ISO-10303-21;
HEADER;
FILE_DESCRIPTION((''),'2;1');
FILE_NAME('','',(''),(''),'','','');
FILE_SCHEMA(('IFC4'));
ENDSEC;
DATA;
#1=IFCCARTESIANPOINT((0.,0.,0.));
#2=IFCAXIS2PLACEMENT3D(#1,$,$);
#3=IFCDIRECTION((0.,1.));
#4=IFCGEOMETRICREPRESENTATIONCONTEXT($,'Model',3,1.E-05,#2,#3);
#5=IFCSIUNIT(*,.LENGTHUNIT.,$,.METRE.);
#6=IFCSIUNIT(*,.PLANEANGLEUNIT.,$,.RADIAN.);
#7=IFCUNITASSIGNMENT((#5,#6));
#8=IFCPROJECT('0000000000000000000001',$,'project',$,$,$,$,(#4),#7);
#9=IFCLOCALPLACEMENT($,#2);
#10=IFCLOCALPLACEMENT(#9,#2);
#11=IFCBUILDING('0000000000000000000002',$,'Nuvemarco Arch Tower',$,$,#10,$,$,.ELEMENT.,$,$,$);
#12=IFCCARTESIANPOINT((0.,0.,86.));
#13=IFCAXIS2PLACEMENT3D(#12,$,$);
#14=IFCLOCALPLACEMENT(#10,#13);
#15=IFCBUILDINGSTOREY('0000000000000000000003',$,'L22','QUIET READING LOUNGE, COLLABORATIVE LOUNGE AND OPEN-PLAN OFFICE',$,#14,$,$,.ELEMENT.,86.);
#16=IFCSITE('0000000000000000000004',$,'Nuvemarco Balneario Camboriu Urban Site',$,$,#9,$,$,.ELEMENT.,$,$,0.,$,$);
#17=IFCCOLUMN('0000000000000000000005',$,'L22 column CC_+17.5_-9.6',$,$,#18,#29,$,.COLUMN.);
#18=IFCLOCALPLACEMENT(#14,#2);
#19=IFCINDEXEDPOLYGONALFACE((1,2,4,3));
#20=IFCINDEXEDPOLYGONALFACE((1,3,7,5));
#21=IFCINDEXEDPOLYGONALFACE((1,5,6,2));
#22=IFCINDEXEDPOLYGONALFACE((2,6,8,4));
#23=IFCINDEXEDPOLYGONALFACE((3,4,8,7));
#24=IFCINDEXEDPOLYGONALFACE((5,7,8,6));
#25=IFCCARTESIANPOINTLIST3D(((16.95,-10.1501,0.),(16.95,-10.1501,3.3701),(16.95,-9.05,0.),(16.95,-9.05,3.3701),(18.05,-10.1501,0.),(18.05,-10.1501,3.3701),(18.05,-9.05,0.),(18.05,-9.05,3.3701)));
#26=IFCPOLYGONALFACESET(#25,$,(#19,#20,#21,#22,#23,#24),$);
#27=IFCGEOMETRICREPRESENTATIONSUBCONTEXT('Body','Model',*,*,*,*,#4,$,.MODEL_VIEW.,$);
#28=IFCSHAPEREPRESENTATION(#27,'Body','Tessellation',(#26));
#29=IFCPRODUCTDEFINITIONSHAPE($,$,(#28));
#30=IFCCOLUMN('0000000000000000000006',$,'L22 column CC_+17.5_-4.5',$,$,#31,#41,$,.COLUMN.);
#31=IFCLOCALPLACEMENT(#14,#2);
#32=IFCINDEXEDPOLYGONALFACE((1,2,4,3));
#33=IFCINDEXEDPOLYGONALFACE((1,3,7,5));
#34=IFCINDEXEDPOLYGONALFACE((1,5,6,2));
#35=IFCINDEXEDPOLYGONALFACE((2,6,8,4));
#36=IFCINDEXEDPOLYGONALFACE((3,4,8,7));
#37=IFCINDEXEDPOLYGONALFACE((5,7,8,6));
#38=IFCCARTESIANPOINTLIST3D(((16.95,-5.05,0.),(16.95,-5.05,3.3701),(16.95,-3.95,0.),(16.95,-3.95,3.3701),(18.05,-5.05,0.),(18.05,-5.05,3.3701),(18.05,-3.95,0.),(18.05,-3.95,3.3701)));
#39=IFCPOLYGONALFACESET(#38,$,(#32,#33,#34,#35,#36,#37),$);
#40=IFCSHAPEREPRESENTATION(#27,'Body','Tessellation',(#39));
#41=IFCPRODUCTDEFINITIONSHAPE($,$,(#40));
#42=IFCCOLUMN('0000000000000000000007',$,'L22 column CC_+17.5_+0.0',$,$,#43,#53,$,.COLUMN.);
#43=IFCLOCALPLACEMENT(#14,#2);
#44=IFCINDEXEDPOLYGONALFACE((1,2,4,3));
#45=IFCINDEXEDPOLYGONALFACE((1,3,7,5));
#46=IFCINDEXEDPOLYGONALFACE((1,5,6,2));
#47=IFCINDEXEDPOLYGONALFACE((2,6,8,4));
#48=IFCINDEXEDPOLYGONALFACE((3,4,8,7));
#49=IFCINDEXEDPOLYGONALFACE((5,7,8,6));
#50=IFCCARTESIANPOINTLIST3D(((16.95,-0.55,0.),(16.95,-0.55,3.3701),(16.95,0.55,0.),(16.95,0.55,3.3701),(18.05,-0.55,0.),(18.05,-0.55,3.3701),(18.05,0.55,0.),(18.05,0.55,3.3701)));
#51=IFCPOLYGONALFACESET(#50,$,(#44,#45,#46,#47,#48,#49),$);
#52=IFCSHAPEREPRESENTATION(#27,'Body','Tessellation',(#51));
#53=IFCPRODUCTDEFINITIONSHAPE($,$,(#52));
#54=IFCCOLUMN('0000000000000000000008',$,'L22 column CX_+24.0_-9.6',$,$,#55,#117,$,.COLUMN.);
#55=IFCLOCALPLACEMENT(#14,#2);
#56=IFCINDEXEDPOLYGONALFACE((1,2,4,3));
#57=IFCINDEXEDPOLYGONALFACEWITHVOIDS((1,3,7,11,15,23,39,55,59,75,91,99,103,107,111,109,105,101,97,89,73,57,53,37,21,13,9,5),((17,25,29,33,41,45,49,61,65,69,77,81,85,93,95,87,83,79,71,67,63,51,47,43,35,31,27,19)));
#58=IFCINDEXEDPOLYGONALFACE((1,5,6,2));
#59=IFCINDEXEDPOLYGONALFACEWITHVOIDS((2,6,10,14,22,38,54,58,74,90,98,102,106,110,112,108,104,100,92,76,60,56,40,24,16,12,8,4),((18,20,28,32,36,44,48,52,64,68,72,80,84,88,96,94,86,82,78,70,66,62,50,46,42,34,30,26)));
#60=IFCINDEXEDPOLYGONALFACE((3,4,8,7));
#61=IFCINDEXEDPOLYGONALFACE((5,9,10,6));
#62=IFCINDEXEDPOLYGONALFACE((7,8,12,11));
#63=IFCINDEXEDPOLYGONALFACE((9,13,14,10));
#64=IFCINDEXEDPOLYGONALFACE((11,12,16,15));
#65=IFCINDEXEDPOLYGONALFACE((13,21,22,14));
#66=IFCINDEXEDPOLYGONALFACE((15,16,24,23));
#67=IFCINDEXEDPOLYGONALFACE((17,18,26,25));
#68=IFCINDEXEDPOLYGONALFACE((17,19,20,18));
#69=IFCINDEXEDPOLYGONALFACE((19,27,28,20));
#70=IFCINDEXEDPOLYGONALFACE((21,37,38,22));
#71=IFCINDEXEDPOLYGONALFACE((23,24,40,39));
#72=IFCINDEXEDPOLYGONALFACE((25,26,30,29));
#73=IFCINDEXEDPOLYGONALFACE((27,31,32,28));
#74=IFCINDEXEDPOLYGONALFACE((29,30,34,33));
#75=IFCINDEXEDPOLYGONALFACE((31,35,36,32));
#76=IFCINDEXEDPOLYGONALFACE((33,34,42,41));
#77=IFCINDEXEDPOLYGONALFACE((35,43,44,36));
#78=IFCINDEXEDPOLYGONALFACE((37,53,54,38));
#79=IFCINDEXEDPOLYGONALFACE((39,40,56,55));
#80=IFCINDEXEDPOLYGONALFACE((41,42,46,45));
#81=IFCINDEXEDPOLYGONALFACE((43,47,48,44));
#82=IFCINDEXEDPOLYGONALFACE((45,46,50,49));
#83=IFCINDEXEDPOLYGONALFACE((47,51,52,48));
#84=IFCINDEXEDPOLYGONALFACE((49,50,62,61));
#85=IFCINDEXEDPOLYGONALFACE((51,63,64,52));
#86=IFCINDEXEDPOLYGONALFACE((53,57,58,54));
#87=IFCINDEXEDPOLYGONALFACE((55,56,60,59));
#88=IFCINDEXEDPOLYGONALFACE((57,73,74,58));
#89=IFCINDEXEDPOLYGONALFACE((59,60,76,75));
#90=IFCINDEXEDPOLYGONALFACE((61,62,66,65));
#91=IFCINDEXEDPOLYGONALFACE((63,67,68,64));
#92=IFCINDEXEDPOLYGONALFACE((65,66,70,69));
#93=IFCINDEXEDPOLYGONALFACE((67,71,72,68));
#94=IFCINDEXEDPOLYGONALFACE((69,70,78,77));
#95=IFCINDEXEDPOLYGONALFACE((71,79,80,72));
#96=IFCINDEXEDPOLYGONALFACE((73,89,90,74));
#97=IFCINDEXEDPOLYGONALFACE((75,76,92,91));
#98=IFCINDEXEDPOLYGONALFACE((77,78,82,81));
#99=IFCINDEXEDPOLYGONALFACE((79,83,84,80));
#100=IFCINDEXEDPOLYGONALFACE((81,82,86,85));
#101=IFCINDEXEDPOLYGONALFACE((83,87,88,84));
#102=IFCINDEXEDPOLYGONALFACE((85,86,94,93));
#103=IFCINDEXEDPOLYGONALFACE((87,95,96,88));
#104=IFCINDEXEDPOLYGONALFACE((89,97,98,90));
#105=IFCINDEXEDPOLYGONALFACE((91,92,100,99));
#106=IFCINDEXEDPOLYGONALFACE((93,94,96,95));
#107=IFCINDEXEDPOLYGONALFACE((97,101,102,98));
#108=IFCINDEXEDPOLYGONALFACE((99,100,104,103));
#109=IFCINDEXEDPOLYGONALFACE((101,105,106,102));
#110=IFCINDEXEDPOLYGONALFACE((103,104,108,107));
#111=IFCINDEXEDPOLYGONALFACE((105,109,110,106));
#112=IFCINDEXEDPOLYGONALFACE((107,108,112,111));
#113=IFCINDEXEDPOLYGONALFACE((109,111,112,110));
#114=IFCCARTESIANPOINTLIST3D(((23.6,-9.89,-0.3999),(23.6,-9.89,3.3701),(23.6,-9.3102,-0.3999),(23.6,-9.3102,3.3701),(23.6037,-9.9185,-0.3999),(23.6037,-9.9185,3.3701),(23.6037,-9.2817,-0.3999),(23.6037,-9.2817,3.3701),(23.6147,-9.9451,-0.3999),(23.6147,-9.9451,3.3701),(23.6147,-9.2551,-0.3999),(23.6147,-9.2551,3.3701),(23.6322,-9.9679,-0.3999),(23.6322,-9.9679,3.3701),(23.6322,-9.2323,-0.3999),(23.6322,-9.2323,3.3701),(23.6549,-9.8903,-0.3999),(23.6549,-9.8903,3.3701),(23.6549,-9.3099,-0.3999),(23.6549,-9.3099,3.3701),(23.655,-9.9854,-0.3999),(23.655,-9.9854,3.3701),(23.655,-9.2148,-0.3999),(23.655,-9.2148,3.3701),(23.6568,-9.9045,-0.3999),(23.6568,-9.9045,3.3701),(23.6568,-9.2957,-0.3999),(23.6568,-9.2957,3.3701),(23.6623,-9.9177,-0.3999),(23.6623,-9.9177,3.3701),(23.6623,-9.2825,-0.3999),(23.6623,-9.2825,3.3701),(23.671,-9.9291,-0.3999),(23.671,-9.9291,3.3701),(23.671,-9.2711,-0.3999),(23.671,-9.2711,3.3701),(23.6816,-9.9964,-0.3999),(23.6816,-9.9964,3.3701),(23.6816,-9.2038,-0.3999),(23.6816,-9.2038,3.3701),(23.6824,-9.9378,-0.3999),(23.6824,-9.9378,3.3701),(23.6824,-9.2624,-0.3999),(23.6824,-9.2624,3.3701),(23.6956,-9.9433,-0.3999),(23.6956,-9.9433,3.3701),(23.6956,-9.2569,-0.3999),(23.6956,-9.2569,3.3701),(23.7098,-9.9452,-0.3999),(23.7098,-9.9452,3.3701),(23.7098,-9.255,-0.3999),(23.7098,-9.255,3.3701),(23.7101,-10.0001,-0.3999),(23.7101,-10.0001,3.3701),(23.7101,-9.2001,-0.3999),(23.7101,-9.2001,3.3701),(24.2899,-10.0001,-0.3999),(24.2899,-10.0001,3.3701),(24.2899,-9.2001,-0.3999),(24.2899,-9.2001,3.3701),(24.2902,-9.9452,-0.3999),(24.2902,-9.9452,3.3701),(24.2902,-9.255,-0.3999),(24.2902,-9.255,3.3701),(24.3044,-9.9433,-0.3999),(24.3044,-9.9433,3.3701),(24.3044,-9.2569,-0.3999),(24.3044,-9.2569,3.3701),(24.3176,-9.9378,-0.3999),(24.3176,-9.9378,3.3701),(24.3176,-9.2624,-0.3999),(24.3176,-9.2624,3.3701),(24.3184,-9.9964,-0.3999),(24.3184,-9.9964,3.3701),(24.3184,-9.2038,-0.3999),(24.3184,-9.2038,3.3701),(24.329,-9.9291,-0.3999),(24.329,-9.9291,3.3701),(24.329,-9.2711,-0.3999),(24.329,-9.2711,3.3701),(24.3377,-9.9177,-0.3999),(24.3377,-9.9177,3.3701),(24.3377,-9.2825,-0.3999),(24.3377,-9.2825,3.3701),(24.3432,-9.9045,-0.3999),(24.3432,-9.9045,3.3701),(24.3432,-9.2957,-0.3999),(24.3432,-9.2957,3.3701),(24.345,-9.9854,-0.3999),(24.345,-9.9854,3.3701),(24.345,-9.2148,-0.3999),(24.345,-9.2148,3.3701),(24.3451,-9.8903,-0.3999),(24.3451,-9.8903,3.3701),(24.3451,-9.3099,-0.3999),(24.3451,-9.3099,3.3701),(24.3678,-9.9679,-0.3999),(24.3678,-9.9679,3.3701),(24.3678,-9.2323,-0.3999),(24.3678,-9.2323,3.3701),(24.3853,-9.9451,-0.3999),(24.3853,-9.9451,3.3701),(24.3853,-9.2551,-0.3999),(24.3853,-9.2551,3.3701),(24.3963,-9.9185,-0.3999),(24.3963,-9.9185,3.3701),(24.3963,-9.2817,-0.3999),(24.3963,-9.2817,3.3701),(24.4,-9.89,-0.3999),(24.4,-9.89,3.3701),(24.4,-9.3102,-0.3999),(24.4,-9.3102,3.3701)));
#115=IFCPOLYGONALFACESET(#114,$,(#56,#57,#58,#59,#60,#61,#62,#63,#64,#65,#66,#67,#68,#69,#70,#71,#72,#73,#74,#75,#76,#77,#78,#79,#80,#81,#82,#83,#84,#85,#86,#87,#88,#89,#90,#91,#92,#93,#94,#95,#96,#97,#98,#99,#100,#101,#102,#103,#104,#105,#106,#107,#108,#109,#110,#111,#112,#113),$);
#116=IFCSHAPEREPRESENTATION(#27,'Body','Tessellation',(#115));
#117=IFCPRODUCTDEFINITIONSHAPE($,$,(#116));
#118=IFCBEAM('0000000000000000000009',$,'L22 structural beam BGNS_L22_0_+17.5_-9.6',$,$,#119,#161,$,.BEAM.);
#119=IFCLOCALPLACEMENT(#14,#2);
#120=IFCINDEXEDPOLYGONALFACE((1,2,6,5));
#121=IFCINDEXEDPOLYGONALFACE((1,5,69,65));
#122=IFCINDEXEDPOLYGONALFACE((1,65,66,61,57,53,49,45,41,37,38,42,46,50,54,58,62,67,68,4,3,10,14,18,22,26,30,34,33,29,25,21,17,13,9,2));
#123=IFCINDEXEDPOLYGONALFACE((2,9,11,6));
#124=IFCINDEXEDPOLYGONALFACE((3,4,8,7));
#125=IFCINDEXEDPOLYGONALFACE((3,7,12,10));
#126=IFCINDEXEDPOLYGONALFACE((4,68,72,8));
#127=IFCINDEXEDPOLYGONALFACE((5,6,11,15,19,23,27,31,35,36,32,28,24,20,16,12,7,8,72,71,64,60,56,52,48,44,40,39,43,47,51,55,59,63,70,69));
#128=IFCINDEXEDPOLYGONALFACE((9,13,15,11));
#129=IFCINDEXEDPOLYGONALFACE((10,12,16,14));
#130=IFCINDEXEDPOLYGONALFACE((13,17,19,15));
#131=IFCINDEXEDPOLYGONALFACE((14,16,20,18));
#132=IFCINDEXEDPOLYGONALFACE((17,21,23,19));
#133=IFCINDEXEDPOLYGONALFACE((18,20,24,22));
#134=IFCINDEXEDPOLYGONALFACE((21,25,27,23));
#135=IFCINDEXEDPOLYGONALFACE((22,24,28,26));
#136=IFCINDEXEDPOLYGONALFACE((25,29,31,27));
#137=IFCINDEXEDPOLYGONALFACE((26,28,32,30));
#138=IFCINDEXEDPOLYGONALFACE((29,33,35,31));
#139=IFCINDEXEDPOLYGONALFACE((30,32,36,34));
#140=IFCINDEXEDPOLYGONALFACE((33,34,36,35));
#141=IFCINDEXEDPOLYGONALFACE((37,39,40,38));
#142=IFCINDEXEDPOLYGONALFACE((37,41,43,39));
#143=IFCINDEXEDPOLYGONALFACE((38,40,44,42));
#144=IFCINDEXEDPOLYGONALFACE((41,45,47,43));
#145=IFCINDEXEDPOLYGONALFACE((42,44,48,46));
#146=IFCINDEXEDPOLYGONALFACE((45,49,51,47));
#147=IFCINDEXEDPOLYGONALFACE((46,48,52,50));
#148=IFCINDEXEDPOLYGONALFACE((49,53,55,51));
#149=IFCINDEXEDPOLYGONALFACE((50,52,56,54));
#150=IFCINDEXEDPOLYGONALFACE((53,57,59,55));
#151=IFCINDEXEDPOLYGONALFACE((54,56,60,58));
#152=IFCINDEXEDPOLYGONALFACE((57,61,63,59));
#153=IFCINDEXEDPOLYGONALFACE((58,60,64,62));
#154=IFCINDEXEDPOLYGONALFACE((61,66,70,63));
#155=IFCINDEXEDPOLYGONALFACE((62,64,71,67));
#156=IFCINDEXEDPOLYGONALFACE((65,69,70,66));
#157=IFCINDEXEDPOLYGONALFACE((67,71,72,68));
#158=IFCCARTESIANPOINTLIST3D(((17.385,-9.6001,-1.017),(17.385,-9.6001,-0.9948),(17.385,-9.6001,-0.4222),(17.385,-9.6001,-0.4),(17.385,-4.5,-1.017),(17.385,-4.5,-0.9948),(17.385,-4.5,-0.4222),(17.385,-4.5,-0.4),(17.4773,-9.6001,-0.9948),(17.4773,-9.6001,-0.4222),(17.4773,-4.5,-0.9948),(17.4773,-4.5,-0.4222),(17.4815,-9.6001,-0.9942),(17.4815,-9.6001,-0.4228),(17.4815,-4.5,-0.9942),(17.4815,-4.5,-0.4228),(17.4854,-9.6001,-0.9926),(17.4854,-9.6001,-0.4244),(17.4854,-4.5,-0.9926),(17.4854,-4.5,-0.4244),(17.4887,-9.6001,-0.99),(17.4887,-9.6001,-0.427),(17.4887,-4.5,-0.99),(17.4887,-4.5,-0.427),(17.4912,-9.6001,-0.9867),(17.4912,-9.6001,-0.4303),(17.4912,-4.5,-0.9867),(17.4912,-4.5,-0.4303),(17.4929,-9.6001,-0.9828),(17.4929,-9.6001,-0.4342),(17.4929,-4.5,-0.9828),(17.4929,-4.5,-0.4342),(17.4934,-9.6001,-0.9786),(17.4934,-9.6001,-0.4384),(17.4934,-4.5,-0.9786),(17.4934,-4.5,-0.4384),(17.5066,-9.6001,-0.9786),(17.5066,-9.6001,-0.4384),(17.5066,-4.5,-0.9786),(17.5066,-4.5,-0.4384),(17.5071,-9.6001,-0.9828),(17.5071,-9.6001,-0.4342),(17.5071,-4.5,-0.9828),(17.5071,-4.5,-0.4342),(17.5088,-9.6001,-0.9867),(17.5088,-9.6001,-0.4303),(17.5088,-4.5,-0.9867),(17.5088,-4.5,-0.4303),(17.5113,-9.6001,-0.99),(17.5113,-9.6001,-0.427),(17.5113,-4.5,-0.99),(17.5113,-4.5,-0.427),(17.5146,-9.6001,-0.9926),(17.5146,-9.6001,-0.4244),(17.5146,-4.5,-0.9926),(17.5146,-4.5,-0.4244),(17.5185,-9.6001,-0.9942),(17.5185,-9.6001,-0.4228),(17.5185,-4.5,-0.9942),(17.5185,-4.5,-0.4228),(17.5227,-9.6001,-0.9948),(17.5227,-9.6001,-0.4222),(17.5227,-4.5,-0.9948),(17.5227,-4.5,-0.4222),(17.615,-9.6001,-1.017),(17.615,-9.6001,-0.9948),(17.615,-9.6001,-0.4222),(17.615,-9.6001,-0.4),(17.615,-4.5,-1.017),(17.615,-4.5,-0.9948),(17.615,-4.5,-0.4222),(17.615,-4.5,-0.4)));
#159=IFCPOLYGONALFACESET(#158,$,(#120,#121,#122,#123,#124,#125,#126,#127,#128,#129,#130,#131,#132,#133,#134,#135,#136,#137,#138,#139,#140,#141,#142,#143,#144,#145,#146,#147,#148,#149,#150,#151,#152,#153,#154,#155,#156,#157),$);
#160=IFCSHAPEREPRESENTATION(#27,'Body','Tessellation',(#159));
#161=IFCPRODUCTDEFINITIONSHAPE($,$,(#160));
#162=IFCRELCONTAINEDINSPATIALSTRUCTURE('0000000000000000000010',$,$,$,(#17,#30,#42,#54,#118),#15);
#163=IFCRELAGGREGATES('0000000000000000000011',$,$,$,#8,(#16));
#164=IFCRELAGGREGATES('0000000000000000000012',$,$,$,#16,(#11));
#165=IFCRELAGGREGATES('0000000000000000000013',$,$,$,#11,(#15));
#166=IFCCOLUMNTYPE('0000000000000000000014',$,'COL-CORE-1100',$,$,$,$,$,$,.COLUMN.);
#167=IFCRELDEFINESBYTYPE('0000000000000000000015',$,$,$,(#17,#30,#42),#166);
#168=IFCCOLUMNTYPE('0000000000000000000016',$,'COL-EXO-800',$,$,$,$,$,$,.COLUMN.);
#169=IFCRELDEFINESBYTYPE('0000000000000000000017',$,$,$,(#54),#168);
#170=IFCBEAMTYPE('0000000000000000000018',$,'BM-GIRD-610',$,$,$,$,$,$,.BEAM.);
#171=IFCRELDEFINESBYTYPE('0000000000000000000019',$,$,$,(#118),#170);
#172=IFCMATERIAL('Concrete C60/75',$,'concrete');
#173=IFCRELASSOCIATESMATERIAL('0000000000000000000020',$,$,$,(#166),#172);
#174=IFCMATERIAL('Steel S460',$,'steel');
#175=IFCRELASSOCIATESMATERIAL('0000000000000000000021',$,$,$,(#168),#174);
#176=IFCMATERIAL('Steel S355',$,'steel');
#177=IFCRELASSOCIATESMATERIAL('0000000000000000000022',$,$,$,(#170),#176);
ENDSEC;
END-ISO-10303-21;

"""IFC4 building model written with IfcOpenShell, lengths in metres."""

from ifc_helpers import new_model, si_unit, direction, frame, origin, origin_2d, place, context, subcontext, project, spatial, rectangle, hollow_rectangle, i_section, extrude, material, material_profile, profile_set, type_object, element, save


model = new_model("IFC4")

# Units and contexts
model_context = context("Model", 3, precision=1e-05, world=origin(), true_north=direction((0.0, 1.0)))
body_context = subcontext(model_context, "Body", "Model", "MODEL_VIEW")
ifc_project = project(units=[si_unit("LENGTHUNIT", "METRE"), si_unit("PLANEANGLEUNIT", "RADIAN")], contexts=[model_context])

# Site, building, storey
site_placement = place(None, origin())
site = spatial("IfcSite", under=ifc_project, at=site_placement, Name="Nuvemarco Balneario Camboriu Urban Site", CompositionType="ELEMENT", RefElevation=0.0)
building_placement = place(site_placement, origin())
building = spatial("IfcBuilding", under=site, at=building_placement, Name="Nuvemarco Arch Tower", CompositionType="ELEMENT")
storey_placement = place(building_placement, frame((0.0, 0.0, 86.0)))
storey = spatial("IfcBuildingStorey", under=building, at=storey_placement, Name="L22", Description="QUIET READING LOUNGE, COLLABORATIVE LOUNGE AND OPEN-PLAN OFFICE", CompositionType="ELEMENT", Elevation=86.0)

# Columns
ifc_material_1 = material(Name="Concrete C60/75", Category="concrete")
ifc_material_profile_1 = material_profile(ifc_material_1, rectangle(XDim=1.1001, YDim=1.1001, at=origin_2d()), Name="RC-COL-1100x1100")
ifc_profile_set_1 = profile_set([ifc_material_profile_1], Name="Concrete C60/75")
column_type_1 = type_object("IfcColumnType", Name="COL-CORE-1100", PredefinedType="COLUMN", material=ifc_profile_set_1)
for number, where, z_axis, x_axis, name in (
    (1, (17.5, -9.6001, 0.0), (0.0, 0.0, 1.0), (1.0, 0.0, 0.0), "L22 column CC_+17.5_-9.6"),
    (2, (17.5, -4.5, 0.0), (0.0, 0.0, 1.0), (1.0, 0.0, 0.0), "L22 column CC_+17.5_-4.5"),
    (3, (17.5, 0.0, 0.0), (0.0, 0.0, 1.0), (1.0, 0.0, 0.0), "L22 column CC_+17.5_+0.0"),
):
    element("IfcColumn", number, at=place(storey_placement, frame(where, z_axis=z_axis, x_axis=x_axis)), inside=storey, type_object=column_type_1, Name=name, PredefinedType="COLUMN", context=body_context, shape_type="SweptSolid", body=[
        extrude(rectangle(XDim=1.1001, YDim=1.1001, at=origin_2d()), origin(), (0.0, 0.0, 1.0), 3.3701),
    ])
ifc_material_2 = material(Name="Steel S460", Category="steel")
ifc_material_profile_2 = material_profile(ifc_material_2, hollow_rectangle(XDim=0.8, YDim=0.8, WallThickness=0.0549, InnerFilletRadius=0.0549, OuterFilletRadius=0.1101, at=origin_2d()), Name="SHS800x800x55")
ifc_profile_set_2 = profile_set([ifc_material_profile_2], Name="Steel S460")
column_type_2 = type_object("IfcColumnType", Name="COL-EXO-800", PredefinedType="COLUMN", material=ifc_profile_set_2)
column_placement = place(storey_placement, frame((24.0, -9.6001, -0.3999), z_axis=(0.0, 0.0, 1.0), x_axis=(1.0, 0.0, 0.0)))
element("IfcColumn", 4, at=column_placement, inside=storey, type_object=column_type_2, Name="L22 column CX_+24.0_-9.6", PredefinedType="COLUMN", context=body_context, shape_type="SweptSolid", body=[
    extrude(hollow_rectangle(XDim=0.8, YDim=0.8, WallThickness=0.0549, InnerFilletRadius=0.0549, OuterFilletRadius=0.1101, at=origin_2d()), origin(), (0.0, 0.0, 1.0), 3.77),
])

# Beam
ifc_material_3 = material(Name="Steel S355", Category="steel")
ifc_material_profile_3 = material_profile(ifc_material_3, i_section(OverallWidth=0.23, OverallDepth=0.6169, WebThickness=0.0132, FlangeThickness=0.0222, FilletRadius=0.0161, at=origin_2d()), Name="W610x140")
ifc_profile_set_3 = profile_set([ifc_material_profile_3], Name="Steel S355")
beam_type_1 = type_object("IfcBeamType", Name="BM-GIRD-610", PredefinedType="BEAM", material=ifc_profile_set_3)
beam_1_placement = place(storey_placement, frame((17.5, -9.6001, -0.7085), z_axis=(0.0, 1.0, 0.0), x_axis=(-1.0, 0.0, 0.0)))
element("IfcBeam", 5, at=beam_1_placement, inside=storey, type_object=beam_type_1, Name="L22 structural beam BGNS_L22_0_+17.5_-9.6", PredefinedType="BEAM", context=body_context, shape_type="SweptSolid", body=[
    extrude(i_section(OverallWidth=0.23, OverallDepth=0.6169, WebThickness=0.0132, FlangeThickness=0.0222, FilletRadius=0.0161, at=origin_2d()), origin(), (0.0, 0.0, 1.0), 5.1001),
])

save(model, "model.ifc")
